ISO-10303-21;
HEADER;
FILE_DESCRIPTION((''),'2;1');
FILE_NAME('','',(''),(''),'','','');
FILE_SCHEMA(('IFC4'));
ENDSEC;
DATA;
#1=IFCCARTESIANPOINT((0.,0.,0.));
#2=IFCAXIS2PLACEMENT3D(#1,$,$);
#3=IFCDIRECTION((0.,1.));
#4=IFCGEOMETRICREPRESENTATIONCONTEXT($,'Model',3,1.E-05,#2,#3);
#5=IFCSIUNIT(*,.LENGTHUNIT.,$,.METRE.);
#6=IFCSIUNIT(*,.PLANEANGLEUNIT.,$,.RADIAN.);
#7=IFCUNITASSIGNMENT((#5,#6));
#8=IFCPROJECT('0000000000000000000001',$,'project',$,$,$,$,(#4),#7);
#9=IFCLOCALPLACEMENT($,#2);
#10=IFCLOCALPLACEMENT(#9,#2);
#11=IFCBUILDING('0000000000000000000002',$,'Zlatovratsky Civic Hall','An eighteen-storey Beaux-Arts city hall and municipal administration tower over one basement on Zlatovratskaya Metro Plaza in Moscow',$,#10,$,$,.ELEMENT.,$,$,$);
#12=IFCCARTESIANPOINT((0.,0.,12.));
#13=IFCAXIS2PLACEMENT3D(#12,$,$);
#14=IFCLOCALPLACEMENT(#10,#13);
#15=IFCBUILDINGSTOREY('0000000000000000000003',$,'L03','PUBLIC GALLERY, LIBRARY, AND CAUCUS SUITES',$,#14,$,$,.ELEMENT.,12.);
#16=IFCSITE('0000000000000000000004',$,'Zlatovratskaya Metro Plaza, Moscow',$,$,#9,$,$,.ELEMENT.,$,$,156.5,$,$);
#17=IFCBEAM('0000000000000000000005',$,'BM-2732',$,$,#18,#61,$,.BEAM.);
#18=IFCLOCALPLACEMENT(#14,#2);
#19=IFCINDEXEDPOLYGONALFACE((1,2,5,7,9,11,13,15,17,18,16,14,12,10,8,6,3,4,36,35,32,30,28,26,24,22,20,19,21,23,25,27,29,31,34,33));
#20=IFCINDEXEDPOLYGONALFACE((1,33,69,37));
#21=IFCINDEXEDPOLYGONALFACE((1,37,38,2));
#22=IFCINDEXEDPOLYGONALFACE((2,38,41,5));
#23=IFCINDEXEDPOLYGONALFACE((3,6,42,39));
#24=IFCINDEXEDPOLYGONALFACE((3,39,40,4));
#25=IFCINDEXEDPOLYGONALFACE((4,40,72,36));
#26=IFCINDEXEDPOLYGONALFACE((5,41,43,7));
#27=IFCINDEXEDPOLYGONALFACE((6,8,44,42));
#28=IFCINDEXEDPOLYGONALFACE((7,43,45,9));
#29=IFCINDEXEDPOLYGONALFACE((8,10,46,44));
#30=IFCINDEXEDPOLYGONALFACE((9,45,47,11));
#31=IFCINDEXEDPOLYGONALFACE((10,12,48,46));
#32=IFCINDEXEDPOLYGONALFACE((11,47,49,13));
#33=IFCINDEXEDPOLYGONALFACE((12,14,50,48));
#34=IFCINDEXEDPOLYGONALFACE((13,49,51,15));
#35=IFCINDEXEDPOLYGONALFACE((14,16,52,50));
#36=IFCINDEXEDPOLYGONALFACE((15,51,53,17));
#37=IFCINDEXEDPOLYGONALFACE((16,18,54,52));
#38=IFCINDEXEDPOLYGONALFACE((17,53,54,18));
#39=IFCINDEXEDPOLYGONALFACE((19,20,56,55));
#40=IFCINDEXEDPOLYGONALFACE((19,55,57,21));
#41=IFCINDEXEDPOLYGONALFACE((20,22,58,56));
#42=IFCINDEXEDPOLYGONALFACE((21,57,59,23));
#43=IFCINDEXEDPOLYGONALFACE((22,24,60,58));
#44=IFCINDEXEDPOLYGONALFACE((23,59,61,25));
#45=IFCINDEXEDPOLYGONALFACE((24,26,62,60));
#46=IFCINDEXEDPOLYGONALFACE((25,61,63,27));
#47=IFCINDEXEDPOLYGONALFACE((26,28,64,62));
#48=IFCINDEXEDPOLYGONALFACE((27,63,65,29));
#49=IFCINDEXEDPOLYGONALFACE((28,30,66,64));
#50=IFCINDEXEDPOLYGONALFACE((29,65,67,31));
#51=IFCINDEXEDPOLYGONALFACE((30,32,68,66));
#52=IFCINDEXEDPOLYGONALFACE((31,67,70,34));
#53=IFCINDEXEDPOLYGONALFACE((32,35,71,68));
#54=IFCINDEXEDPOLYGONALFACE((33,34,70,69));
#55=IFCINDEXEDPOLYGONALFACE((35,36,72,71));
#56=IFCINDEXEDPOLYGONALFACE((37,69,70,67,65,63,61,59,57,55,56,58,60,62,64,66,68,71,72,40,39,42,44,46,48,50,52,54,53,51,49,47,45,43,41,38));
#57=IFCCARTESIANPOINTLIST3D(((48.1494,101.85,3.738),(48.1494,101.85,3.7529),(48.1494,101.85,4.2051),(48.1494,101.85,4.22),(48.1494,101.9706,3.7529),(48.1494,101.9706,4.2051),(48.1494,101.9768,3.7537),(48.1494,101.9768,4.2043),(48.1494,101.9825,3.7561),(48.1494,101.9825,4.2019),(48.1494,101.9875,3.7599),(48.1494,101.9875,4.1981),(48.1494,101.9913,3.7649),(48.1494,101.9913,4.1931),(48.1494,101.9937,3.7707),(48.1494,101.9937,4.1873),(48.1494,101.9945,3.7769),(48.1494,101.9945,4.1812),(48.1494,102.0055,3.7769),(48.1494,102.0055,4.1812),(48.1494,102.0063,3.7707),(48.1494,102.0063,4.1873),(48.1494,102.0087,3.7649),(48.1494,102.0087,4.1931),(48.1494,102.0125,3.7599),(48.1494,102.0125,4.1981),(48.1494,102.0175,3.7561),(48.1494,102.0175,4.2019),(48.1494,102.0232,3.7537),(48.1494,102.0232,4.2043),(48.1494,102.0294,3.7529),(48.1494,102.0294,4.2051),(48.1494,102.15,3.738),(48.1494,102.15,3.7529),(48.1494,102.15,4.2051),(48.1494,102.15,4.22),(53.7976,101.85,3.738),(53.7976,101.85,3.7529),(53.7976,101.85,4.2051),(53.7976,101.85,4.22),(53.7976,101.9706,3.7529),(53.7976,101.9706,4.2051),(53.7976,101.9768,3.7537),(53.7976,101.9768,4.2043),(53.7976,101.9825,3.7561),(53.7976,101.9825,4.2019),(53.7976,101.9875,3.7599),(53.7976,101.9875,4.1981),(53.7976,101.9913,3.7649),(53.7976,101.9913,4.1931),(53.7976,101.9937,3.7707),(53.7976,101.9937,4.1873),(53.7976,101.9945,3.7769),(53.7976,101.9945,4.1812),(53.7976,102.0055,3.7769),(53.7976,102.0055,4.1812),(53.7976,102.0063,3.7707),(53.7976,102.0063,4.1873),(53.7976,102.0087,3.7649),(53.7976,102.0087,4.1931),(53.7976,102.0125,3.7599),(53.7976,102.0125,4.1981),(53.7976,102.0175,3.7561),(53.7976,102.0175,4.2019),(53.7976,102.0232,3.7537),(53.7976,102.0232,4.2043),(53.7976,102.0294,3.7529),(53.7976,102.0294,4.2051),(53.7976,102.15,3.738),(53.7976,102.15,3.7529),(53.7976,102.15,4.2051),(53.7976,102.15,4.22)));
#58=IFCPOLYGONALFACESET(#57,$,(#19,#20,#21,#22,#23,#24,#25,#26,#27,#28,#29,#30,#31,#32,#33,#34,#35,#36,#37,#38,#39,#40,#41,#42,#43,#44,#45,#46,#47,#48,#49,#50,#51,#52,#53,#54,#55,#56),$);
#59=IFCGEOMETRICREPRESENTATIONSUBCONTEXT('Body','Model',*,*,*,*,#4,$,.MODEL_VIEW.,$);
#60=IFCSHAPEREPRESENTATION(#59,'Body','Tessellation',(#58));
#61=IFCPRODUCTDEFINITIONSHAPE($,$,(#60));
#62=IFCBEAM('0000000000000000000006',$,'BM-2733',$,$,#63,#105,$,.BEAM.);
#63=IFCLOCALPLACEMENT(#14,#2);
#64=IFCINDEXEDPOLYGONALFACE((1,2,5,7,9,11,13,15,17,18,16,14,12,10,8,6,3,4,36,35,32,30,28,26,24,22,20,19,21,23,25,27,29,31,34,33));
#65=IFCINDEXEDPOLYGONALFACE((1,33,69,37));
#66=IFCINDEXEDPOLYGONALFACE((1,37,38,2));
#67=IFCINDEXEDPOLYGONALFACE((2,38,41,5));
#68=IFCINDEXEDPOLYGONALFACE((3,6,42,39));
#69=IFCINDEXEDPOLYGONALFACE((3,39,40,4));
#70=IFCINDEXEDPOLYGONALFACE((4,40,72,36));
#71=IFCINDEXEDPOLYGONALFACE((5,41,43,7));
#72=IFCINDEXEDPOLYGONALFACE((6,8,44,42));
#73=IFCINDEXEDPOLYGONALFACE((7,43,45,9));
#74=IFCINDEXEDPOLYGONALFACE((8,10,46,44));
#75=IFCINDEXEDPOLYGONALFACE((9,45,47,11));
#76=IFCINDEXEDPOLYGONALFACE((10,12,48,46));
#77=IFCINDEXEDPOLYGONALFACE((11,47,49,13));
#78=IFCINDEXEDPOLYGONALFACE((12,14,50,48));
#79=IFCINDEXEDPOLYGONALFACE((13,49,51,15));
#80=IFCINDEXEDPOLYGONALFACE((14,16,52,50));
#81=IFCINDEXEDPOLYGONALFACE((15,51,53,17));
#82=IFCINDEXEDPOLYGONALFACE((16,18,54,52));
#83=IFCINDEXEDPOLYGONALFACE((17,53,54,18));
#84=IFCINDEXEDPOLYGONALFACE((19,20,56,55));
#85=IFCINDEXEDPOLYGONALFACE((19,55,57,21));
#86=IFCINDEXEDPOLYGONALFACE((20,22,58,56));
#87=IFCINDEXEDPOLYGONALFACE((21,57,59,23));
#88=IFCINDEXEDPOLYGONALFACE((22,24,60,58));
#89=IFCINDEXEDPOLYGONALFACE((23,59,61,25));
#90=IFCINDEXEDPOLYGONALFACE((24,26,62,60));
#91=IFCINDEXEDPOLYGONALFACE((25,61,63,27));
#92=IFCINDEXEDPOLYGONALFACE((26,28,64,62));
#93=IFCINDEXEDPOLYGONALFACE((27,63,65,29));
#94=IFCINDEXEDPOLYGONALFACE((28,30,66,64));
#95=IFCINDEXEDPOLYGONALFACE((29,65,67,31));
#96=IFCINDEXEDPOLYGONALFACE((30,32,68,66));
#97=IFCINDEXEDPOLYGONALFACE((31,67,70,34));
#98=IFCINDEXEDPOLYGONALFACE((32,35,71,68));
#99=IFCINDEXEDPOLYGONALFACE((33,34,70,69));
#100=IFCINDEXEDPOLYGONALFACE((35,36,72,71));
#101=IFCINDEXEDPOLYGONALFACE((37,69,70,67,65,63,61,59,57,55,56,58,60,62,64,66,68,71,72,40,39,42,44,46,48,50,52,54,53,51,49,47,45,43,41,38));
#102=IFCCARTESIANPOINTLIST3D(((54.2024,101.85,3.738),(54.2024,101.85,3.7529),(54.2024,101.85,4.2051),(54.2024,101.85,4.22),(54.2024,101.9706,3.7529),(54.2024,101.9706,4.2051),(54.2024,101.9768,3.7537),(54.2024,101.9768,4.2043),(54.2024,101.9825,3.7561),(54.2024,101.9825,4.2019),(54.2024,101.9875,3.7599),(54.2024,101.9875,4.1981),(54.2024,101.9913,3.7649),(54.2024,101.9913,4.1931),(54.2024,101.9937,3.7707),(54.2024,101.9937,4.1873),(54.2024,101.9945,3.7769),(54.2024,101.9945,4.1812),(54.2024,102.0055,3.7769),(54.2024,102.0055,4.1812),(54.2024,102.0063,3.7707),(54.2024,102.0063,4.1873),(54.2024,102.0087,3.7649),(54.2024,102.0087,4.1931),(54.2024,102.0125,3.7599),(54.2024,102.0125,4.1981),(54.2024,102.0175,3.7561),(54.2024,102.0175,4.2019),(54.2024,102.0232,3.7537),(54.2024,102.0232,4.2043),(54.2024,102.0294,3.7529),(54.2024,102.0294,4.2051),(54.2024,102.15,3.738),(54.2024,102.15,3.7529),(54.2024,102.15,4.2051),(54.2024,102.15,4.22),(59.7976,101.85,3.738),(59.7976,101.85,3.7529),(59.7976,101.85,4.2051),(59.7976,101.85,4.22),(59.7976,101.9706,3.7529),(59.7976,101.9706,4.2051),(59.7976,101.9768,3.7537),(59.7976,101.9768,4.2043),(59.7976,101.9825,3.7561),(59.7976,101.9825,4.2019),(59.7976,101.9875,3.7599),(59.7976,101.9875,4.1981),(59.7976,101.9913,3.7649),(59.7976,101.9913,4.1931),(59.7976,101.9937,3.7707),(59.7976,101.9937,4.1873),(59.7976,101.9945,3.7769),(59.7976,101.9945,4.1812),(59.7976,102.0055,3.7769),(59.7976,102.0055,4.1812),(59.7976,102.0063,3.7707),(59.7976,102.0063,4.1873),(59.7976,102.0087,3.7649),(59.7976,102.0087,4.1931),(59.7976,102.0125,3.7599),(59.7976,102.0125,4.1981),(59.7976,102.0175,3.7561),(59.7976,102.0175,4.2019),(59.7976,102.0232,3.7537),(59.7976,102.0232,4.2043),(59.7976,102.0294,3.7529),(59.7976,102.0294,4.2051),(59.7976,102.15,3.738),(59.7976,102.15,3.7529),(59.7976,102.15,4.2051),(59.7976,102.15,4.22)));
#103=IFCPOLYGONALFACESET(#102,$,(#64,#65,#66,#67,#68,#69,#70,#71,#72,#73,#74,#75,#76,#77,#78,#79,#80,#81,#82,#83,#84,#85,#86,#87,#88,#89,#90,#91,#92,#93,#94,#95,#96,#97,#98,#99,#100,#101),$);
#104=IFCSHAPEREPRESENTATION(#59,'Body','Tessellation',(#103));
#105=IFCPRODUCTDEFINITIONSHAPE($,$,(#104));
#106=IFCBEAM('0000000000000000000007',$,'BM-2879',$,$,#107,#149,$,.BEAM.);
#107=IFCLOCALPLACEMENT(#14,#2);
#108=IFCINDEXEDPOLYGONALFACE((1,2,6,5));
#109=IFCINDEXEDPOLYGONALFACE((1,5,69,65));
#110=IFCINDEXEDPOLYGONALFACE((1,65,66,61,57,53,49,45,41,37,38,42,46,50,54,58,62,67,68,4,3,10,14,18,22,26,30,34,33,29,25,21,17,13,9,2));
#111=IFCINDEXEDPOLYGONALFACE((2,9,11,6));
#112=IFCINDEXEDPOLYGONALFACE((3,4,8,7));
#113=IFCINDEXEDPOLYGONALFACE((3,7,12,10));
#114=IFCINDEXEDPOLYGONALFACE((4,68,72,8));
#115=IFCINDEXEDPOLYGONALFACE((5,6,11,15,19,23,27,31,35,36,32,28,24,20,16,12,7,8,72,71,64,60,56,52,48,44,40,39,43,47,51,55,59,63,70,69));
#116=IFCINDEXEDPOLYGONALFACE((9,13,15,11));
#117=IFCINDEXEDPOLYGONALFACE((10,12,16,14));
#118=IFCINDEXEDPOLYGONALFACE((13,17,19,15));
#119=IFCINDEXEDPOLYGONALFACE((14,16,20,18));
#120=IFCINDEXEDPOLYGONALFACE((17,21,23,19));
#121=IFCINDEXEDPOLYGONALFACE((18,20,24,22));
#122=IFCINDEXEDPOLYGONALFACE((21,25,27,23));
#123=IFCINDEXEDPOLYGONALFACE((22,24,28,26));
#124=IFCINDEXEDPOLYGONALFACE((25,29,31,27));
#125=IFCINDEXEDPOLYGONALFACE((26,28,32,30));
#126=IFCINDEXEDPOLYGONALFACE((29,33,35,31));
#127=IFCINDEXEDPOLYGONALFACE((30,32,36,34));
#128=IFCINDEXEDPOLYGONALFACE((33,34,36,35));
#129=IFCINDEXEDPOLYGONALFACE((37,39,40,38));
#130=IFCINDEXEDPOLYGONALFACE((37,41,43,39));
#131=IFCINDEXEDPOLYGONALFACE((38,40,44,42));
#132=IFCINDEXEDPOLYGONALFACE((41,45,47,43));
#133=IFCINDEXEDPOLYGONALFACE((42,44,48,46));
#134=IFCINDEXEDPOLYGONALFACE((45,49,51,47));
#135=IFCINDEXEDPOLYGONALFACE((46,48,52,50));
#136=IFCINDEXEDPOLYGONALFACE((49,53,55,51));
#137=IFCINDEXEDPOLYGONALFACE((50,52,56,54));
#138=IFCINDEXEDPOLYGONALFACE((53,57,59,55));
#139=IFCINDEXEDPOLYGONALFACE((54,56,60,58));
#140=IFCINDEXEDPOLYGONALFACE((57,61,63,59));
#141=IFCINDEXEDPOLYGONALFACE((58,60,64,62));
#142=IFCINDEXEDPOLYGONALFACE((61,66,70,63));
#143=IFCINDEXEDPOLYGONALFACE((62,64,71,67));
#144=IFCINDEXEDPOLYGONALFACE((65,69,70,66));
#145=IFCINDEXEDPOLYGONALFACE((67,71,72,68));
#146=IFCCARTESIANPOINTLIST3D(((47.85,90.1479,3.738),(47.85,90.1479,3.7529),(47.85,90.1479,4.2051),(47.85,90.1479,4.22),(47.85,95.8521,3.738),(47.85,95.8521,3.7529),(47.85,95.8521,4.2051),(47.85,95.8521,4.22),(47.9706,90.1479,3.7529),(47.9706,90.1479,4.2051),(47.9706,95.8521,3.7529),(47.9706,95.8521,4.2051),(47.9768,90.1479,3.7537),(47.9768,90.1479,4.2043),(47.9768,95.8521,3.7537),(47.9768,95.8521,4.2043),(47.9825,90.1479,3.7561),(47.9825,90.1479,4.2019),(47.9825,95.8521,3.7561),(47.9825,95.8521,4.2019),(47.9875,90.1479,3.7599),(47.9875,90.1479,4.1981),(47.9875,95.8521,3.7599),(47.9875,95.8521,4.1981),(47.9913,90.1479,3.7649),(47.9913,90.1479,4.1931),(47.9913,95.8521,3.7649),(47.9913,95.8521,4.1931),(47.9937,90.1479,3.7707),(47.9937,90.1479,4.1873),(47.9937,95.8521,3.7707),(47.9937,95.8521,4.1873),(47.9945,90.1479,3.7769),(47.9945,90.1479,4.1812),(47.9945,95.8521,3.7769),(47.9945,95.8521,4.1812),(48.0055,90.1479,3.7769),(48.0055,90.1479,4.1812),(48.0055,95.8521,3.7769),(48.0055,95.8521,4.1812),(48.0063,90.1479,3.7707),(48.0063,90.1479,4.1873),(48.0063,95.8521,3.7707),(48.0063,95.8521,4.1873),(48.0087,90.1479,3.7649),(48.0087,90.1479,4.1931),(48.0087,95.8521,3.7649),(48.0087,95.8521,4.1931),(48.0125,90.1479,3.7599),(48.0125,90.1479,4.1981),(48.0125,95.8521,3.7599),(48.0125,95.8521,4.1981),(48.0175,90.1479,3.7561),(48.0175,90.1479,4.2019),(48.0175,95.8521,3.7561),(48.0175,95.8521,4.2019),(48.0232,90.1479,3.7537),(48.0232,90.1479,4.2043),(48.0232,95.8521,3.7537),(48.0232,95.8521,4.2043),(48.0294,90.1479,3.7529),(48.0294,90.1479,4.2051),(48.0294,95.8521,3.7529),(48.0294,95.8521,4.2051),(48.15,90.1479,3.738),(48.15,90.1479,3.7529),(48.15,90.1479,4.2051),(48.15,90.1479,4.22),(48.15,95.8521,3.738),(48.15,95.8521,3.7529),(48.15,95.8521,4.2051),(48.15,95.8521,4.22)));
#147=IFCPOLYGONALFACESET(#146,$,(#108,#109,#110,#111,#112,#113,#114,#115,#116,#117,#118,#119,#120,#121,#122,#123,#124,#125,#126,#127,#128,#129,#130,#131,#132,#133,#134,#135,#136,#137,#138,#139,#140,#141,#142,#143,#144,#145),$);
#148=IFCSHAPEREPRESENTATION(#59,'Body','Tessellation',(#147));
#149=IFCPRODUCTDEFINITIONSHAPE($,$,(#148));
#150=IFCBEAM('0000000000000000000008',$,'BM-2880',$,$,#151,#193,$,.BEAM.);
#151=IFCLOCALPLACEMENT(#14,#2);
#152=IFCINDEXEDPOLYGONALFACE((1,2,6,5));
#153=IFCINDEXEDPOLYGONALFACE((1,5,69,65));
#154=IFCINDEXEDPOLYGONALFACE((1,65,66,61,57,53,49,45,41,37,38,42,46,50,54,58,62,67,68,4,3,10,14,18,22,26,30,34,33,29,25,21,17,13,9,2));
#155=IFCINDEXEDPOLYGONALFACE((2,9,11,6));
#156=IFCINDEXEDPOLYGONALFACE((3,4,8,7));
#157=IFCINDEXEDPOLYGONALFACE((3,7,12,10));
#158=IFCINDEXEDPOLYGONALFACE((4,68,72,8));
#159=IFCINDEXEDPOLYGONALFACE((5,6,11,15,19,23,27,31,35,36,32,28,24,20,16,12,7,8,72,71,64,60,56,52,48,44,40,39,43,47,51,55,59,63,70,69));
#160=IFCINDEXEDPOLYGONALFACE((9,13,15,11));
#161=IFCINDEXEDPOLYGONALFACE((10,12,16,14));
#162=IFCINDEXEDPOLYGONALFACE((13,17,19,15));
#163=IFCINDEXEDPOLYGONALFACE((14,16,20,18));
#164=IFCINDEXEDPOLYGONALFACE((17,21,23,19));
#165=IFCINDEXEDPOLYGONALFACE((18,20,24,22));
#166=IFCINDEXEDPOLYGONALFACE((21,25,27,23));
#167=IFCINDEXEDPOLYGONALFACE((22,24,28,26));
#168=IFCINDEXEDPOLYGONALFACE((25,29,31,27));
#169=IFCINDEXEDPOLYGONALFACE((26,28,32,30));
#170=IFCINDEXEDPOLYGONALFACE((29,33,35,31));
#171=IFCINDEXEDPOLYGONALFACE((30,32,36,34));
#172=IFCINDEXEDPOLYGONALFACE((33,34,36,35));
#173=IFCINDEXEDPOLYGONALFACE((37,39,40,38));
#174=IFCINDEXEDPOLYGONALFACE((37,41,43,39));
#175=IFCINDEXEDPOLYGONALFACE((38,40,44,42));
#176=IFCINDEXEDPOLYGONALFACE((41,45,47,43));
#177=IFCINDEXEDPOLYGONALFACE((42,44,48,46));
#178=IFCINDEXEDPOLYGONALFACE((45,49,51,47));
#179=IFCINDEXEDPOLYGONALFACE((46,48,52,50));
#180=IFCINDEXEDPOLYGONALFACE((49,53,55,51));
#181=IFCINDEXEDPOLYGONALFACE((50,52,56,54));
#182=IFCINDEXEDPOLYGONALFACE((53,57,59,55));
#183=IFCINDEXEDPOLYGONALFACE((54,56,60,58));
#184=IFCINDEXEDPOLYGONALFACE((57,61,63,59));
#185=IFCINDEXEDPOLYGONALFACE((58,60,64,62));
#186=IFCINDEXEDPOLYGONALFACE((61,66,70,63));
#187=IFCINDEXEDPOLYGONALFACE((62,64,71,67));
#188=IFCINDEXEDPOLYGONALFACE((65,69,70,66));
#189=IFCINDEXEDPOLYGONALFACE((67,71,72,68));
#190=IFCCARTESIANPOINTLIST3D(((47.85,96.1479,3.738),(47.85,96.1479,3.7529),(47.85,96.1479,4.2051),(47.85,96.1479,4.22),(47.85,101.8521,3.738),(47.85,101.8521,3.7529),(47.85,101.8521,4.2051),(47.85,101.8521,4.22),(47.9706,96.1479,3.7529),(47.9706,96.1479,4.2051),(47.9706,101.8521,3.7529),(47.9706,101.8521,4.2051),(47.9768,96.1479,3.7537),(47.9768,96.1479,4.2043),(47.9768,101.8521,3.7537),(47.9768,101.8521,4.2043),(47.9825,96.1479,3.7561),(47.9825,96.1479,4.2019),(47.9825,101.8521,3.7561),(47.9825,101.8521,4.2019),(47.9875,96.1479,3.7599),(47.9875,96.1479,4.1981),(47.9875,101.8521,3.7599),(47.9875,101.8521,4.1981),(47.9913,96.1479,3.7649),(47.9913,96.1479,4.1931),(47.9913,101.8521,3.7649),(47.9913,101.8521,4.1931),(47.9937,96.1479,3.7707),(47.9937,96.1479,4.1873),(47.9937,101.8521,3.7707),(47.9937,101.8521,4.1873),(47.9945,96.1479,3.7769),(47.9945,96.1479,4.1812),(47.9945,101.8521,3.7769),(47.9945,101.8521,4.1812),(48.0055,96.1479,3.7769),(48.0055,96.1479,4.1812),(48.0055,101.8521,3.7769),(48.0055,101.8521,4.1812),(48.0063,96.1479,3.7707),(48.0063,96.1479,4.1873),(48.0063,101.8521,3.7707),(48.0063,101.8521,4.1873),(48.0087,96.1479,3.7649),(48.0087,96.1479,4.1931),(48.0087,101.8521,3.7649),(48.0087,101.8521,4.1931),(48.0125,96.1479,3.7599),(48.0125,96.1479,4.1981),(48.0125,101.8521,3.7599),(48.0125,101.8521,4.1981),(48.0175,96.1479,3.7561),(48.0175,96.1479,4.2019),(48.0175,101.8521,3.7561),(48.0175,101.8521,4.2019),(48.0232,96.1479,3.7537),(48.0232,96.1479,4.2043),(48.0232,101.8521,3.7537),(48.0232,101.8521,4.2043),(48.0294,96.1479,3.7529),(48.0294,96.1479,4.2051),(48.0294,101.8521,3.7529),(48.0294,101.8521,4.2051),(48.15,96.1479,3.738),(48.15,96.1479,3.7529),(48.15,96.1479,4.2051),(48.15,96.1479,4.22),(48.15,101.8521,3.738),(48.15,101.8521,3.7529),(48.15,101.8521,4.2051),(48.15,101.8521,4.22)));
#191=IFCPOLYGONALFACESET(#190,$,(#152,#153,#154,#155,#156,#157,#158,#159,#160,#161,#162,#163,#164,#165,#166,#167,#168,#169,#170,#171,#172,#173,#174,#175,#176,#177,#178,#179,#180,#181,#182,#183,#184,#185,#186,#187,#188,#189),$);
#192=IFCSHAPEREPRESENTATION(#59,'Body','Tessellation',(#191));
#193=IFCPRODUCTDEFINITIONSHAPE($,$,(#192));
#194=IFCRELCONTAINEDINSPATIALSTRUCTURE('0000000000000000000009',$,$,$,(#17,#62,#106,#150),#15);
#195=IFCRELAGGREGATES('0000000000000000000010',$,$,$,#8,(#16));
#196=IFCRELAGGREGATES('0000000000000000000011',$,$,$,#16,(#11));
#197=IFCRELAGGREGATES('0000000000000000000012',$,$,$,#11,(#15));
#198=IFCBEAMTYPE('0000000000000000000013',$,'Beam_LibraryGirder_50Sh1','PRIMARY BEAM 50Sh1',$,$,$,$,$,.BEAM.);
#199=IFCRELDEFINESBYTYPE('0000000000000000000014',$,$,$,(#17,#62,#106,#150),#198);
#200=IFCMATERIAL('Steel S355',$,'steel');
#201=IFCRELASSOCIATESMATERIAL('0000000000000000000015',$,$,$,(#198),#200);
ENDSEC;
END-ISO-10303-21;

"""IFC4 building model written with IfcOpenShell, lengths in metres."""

from ifc_helpers import new_model, si_unit, direction, frame, origin, origin_2d, place, context, subcontext, project, spatial, i_section, extrude, material, material_profile, profile_set, type_object, element, save


model = new_model("IFC4")

# Units and contexts
model_context = context("Model", 3, precision=1e-05, world=origin(), true_north=direction((0.0, 1.0)))
body_context = subcontext(model_context, "Body", "Model", "MODEL_VIEW")
ifc_project = project(units=[si_unit("LENGTHUNIT", "METRE"), si_unit("PLANEANGLEUNIT", "RADIAN")], contexts=[model_context])

# Site, building, storey
site_placement = place(None, origin())
site = spatial("IfcSite", under=ifc_project, at=site_placement, Name="Zlatovratskaya Metro Plaza, Moscow", CompositionType="ELEMENT", RefElevation=156.5)
building_placement = place(site_placement, origin())
building = spatial("IfcBuilding", under=site, at=building_placement, Name="Zlatovratsky Civic Hall", Description="An eighteen-storey Beaux-Arts city hall and municipal administration tower over one basement on Zlatovratskaya Metro Plaza in Moscow", CompositionType="ELEMENT")
storey_placement = place(building_placement, frame((0.0, 0.0, 12.0)))
storey = spatial("IfcBuildingStorey", under=building, at=storey_placement, Name="L03", Description="PUBLIC GALLERY, LIBRARY, AND CAUCUS SUITES", CompositionType="ELEMENT", Elevation=12.0)

# Shared definitions
ifc_material_1 = material(Name="Steel S355", Category="steel")

# Beams
ifc_material_profile_1 = material_profile(ifc_material_1, i_section(OverallWidth=0.3, OverallDepth=0.4819, WebThickness=0.011, FlangeThickness=0.0149, FilletRadius=0.0239, at=origin_2d()), Name="50Sh1")
ifc_profile_set_1 = profile_set([ifc_material_profile_1], Name="Steel S355")
beam_type_1 = type_object("IfcBeamType", Name="Beam_LibraryGirder_50Sh1", Description="PRIMARY BEAM 50Sh1", PredefinedType="BEAM", material=ifc_profile_set_1)
beam_1_placement = place(storey_placement, frame((48.1494, 102.0, 3.979), z_axis=(1.0, 0.0, 0.0), x_axis=(0.0, 1.0, 0.0)))
element("IfcBeam", 1, at=beam_1_placement, inside=storey, type_object=beam_type_1, Name="BM-2732", PredefinedType="BEAM", context=body_context, shape_type="SweptSolid", body=[
    extrude(i_section(OverallWidth=0.3, OverallDepth=0.4819, WebThickness=0.011, FlangeThickness=0.0149, FilletRadius=0.0239, at=origin_2d()), origin(), (0.0, 0.0, 1.0), 5.6482),
])
beam_2_placement = place(storey_placement, frame((54.2024, 102.0, 3.979), z_axis=(1.0, 0.0, 0.0), x_axis=(0.0, 1.0, 0.0)))
element("IfcBeam", 2, at=beam_2_placement, inside=storey, type_object=beam_type_1, Name="BM-2733", PredefinedType="BEAM", context=body_context, shape_type="SweptSolid", body=[
    extrude(i_section(OverallWidth=0.3, OverallDepth=0.4819, WebThickness=0.011, FlangeThickness=0.0149, FilletRadius=0.0239, at=origin_2d()), origin(), (0.0, 0.0, 1.0), 5.5952),
])
for number, where, z_axis, x_axis, name in (
    (3, (48.0, 90.1479, 3.979), (0.0, 1.0, 0.0), (-1.0, 0.0, 0.0), "BM-2879"),
    (4, (48.0, 96.1479, 3.979), (0.0, 1.0, 0.0), (-1.0, 0.0, 0.0), "BM-2880"),
):
    element("IfcBeam", number, at=place(storey_placement, frame(where, z_axis=z_axis, x_axis=x_axis)), inside=storey, type_object=beam_type_1, Name=name, PredefinedType="BEAM", context=body_context, shape_type="SweptSolid", body=[
        extrude(i_section(OverallWidth=0.3, OverallDepth=0.4819, WebThickness=0.011, FlangeThickness=0.0149, FilletRadius=0.0239, at=origin_2d()), origin(), (0.0, 0.0, 1.0), 5.7041),
    ])

save(model, "model.ifc")
